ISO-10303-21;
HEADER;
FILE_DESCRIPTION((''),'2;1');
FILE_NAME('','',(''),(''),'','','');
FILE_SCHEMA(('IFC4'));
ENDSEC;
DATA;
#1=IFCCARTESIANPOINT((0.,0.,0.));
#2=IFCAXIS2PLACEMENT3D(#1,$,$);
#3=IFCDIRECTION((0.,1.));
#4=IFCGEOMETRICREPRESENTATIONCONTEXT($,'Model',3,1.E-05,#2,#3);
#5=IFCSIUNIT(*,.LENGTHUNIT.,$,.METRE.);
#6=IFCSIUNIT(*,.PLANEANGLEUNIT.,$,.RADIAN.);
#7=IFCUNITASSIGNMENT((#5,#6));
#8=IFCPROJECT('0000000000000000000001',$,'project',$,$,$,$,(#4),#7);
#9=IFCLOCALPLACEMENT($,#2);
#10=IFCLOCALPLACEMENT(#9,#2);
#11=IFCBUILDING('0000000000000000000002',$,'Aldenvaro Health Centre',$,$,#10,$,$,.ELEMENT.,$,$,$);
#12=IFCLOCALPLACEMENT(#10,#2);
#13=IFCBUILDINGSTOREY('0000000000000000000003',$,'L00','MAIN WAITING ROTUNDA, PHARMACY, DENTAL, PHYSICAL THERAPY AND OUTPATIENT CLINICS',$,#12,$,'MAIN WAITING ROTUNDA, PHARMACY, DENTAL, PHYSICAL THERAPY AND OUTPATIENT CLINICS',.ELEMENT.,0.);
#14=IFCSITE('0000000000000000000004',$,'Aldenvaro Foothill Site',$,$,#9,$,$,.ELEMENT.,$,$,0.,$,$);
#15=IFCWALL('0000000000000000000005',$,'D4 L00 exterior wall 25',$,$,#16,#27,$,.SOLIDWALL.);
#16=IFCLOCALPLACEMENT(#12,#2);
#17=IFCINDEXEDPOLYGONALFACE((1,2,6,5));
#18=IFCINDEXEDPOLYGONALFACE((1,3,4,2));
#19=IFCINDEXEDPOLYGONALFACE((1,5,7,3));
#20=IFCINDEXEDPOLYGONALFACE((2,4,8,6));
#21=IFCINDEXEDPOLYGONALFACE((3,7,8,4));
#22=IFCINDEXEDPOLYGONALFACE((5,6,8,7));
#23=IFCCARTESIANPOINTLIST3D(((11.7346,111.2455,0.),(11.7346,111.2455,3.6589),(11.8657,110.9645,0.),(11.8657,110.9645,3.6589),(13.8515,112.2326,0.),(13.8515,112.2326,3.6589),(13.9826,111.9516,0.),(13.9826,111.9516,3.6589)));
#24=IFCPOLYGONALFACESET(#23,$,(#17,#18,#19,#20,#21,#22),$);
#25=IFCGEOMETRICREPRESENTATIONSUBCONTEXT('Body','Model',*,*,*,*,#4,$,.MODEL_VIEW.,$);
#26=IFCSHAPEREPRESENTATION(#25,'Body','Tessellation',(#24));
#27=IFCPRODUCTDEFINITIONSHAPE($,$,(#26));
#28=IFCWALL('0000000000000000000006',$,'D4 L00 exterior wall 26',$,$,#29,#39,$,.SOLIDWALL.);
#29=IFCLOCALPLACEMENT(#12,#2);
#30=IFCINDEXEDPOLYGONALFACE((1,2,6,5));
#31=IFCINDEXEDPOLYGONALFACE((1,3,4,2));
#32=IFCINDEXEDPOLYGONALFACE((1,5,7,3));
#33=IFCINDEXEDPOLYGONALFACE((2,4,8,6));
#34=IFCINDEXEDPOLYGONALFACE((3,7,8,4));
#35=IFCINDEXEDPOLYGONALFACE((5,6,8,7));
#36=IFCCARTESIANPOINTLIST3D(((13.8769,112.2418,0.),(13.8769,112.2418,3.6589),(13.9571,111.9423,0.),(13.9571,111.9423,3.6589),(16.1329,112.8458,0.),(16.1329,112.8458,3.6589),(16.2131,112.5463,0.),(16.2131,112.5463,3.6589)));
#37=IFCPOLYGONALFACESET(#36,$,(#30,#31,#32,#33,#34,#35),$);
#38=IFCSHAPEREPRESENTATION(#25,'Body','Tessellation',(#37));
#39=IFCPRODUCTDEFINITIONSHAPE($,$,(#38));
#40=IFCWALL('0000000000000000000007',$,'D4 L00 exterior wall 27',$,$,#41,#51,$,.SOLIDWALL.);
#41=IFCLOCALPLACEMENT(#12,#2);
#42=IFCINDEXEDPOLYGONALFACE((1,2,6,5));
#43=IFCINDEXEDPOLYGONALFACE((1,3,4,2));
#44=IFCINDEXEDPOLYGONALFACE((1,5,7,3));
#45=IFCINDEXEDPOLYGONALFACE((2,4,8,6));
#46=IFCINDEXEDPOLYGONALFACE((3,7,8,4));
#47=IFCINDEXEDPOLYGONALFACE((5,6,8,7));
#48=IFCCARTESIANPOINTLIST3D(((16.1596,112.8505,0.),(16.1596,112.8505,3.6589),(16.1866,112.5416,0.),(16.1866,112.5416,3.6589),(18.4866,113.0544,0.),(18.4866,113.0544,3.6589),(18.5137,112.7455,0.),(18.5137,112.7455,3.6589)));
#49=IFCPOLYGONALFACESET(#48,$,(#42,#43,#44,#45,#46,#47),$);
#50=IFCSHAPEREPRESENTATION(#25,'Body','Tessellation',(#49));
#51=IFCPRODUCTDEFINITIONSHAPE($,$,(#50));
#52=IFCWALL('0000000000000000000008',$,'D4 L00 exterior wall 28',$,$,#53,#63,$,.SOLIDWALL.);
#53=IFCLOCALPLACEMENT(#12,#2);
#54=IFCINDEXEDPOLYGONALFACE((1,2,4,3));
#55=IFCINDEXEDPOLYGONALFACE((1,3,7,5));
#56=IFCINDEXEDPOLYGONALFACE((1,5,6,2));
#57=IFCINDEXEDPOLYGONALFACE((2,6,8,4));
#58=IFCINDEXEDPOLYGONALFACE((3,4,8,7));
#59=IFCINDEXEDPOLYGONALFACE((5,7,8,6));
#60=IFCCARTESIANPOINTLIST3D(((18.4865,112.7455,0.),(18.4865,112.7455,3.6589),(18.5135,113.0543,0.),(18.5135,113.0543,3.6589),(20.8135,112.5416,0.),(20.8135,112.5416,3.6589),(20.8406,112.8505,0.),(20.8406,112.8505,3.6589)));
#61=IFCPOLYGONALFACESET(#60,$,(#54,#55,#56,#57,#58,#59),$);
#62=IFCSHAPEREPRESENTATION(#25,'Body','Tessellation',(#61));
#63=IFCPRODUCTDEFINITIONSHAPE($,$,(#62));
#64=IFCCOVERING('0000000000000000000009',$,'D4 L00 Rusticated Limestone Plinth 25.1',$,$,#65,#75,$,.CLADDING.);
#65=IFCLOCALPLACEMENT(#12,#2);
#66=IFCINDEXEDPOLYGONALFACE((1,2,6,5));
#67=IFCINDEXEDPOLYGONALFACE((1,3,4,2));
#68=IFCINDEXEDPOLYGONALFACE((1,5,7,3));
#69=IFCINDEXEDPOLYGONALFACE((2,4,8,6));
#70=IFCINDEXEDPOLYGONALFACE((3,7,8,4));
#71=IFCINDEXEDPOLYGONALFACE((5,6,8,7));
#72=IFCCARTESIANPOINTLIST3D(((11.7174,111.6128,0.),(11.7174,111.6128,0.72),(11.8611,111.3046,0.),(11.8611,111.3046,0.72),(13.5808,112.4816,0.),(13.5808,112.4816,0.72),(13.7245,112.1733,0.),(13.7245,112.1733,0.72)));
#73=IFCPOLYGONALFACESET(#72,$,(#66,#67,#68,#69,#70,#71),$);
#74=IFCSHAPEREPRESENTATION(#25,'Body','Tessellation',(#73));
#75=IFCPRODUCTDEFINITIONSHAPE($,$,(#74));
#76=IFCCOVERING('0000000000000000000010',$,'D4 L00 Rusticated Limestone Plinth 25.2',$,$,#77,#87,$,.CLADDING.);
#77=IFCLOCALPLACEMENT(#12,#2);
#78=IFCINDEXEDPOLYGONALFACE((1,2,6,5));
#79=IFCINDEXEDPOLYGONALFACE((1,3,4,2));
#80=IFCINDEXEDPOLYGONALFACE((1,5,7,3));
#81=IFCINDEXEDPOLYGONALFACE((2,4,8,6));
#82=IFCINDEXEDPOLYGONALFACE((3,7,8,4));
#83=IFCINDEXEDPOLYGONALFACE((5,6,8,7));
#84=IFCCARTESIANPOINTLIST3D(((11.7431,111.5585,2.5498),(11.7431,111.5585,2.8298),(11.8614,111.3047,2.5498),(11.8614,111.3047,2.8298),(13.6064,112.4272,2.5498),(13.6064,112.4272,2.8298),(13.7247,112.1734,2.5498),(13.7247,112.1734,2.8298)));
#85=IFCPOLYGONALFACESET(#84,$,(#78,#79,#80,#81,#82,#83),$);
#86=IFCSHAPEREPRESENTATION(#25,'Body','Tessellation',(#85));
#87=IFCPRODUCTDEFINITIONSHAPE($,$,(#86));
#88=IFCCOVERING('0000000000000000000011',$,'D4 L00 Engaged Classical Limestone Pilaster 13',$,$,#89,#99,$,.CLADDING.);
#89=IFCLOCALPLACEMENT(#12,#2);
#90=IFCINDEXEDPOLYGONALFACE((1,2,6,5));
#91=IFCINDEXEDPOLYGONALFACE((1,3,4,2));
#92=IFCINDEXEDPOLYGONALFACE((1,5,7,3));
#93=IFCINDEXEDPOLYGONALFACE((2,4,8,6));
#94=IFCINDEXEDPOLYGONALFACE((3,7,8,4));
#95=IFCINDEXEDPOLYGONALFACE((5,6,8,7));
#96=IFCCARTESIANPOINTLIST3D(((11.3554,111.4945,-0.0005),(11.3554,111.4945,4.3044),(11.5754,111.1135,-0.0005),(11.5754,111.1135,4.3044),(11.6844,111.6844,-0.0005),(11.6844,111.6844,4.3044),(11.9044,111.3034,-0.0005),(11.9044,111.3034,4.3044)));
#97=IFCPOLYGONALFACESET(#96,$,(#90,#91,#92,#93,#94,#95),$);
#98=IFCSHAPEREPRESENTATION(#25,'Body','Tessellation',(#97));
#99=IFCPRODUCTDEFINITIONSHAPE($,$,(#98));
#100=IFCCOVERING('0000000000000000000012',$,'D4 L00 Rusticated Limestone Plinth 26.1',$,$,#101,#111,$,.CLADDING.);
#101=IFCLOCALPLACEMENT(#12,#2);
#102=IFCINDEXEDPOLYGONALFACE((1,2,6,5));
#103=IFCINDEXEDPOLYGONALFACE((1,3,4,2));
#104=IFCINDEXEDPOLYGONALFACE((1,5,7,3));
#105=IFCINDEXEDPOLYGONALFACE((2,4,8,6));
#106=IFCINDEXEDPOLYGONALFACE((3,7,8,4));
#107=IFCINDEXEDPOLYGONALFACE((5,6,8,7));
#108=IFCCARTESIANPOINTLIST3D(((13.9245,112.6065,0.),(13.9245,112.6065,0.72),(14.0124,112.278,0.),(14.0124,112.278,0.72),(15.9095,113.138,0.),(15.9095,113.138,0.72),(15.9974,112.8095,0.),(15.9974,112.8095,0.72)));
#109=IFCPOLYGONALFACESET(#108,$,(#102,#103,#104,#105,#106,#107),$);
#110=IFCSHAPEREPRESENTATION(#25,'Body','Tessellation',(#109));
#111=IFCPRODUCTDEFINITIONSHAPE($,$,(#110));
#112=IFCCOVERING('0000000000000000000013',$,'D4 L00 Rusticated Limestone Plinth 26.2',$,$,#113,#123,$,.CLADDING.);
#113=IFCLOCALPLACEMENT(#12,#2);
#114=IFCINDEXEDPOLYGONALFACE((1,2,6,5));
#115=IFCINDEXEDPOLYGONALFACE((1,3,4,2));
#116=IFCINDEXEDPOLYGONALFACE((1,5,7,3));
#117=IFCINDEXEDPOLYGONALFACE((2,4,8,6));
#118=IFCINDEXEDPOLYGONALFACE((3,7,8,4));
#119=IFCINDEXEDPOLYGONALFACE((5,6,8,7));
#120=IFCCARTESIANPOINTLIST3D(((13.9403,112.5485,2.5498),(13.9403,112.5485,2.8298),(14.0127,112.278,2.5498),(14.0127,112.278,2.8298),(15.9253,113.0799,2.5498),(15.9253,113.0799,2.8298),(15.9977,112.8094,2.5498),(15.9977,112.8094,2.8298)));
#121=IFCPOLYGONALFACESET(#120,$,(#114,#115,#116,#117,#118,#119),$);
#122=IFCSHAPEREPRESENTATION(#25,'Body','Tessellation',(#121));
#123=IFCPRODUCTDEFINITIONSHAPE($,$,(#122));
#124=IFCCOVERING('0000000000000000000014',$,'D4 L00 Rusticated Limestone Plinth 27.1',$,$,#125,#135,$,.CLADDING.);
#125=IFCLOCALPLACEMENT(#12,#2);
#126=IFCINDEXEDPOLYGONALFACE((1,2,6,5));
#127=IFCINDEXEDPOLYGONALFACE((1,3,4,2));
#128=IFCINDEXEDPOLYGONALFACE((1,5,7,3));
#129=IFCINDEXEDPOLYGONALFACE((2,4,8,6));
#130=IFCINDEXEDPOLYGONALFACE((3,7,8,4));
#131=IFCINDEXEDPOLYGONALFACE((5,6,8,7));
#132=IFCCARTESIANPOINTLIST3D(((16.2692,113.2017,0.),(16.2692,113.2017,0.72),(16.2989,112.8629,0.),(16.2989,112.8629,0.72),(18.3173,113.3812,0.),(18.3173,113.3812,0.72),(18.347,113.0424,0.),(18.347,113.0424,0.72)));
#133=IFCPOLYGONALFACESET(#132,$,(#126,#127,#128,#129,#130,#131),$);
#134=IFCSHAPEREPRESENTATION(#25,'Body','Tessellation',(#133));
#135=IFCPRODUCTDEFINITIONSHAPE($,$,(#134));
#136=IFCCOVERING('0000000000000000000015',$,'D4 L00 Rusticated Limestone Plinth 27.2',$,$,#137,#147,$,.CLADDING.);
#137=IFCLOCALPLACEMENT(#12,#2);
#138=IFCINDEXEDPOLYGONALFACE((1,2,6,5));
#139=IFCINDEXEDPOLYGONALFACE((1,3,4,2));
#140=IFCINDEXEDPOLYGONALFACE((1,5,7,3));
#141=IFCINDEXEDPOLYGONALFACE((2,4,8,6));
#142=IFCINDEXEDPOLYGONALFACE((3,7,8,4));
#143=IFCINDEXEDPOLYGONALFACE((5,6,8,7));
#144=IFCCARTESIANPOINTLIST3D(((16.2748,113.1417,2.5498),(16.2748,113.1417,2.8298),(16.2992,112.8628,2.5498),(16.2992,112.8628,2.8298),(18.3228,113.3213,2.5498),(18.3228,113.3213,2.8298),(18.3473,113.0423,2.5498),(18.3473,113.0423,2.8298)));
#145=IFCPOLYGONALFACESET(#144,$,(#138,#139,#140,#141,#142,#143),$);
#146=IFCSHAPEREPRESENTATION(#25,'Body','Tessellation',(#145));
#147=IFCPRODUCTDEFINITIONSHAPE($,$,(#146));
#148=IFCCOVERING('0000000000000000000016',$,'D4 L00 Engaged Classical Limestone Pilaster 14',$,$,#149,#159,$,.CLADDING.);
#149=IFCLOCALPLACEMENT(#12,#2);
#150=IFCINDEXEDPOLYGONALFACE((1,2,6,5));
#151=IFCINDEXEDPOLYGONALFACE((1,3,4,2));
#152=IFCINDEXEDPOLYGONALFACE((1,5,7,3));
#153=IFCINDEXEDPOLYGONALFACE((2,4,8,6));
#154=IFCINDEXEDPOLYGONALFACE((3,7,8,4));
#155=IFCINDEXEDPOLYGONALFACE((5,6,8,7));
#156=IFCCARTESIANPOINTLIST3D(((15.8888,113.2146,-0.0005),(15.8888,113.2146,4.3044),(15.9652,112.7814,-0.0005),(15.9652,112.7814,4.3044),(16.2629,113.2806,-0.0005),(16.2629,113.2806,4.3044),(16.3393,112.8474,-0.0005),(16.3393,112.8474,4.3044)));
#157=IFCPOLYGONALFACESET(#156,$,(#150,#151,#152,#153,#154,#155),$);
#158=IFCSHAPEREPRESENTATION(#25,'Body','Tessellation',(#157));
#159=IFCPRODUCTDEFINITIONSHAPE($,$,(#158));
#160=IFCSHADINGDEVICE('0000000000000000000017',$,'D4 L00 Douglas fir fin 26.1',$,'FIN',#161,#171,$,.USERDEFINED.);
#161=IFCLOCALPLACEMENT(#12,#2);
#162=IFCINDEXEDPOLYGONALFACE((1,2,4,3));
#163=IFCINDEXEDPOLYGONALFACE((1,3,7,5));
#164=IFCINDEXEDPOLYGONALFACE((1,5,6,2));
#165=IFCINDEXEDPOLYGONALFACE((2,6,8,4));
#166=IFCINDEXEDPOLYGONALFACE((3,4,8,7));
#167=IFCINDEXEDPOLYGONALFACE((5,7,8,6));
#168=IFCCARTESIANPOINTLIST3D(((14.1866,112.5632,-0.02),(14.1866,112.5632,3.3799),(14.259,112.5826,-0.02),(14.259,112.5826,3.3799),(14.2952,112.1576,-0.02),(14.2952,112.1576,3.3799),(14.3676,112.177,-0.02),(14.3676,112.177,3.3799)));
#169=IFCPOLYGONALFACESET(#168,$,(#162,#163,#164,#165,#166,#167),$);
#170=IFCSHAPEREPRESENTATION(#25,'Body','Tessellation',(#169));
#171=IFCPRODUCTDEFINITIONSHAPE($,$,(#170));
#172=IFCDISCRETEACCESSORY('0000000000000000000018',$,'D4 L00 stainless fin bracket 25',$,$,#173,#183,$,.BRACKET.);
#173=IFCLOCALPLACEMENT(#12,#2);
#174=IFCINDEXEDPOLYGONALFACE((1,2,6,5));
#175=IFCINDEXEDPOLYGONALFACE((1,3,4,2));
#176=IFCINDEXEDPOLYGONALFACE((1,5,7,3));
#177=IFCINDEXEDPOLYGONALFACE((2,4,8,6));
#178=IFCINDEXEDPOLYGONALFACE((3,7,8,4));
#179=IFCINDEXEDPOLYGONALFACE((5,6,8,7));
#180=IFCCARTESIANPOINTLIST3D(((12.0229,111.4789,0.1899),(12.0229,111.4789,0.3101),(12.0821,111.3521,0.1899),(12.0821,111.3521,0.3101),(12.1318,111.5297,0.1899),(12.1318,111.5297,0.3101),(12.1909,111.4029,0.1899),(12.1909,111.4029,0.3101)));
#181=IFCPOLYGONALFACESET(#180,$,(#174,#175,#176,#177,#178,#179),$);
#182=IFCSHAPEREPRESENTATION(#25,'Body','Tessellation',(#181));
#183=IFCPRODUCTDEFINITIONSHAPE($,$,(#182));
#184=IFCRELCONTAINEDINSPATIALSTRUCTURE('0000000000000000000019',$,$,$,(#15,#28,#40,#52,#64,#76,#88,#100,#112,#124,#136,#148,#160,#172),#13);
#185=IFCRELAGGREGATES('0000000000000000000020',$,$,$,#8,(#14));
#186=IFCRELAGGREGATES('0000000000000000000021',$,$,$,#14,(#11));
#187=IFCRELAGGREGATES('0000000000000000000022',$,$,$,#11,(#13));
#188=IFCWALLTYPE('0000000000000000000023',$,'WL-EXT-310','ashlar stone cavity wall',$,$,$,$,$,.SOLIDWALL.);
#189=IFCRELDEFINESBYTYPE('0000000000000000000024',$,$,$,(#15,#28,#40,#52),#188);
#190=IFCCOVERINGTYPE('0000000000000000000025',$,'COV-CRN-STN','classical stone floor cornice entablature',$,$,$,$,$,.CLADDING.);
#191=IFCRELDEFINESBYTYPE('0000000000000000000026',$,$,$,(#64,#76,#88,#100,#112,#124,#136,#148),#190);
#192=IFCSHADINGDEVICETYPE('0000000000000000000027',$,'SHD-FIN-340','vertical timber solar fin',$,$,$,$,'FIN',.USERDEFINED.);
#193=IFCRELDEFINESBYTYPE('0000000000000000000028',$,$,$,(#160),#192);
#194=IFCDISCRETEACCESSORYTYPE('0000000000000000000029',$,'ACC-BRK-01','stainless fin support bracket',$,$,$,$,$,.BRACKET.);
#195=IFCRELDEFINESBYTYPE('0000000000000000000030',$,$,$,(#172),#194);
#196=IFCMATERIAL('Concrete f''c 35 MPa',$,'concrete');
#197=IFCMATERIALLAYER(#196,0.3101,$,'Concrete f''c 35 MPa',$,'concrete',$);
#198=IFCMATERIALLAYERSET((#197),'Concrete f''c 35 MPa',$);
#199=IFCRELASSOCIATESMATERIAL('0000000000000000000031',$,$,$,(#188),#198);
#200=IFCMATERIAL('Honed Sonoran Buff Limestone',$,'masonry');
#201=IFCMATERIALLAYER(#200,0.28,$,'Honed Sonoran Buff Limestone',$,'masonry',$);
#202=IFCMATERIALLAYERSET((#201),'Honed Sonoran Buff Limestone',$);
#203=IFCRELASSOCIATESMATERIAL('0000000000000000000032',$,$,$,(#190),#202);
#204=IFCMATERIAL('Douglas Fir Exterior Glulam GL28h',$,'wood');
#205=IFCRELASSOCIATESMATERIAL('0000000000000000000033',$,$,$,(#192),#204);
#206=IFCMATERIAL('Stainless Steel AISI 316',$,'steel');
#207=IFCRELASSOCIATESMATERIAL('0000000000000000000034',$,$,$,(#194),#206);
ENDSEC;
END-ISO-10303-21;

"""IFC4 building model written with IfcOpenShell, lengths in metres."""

from ifc_helpers import new_model, si_unit, direction, frame, frame_2d, origin, origin_2d, place, context, subcontext, project, spatial, rectangle, extrude, material, layer, layer_set, type_object, element, save


model = new_model("IFC4")

# Units and contexts
model_context = context("Model", 3, precision=1e-05, world=origin(), true_north=direction((0.0, 1.0)))
body_context = subcontext(model_context, "Body", "Model", "MODEL_VIEW")
ifc_project = project(units=[si_unit("LENGTHUNIT", "METRE"), si_unit("PLANEANGLEUNIT", "RADIAN")], contexts=[model_context])

# Site, building, storey
site_placement = place(None, origin())
site = spatial("IfcSite", under=ifc_project, at=site_placement, Name="Aldenvaro Foothill Site", CompositionType="ELEMENT", RefElevation=0.0)
building_placement = place(site_placement, origin())
building = spatial("IfcBuilding", under=site, at=building_placement, Name="Aldenvaro Health Centre", CompositionType="ELEMENT")
storey_placement = place(building_placement, origin())
storey = spatial("IfcBuildingStorey", under=building, at=storey_placement, Name="L00", Description="MAIN WAITING ROTUNDA, PHARMACY, DENTAL, PHYSICAL THERAPY AND OUTPATIENT CLINICS", LongName="MAIN WAITING ROTUNDA, PHARMACY, DENTAL, PHYSICAL THERAPY AND OUTPATIENT CLINICS", CompositionType="ELEMENT", Elevation=0.0)

# Walls
ifc_material_1 = material(Name="Concrete f'c 35 MPa", Category="concrete")
ifc_layer_1 = layer(ifc_material_1, 0.3101, Name="Concrete f'c 35 MPa", Category="concrete")
ifc_layer_set_1 = layer_set([ifc_layer_1], Name="Concrete f'c 35 MPa")
wall_type = type_object("IfcWallType", Name="WL-EXT-310", Description="ashlar stone cavity wall", PredefinedType="SOLIDWALL", material=ifc_layer_set_1)
wall_1_placement = place(storey_placement, frame((11.8, 111.105, 0.0), z_axis=(0.0, 0.0, 1.0), x_axis=(0.906322, 0.422588, 0.0)))
element("IfcWall", 1, at=wall_1_placement, inside=storey, type_object=wall_type, Name="D4 L00 exterior wall 25", PredefinedType="SOLIDWALL", context=body_context, shape_type="SweptSolid", body=[
    extrude(rectangle(XDim=2.3357, YDim=0.3101, at=frame_2d((1.168, 0.0))), origin(), (0.0, 0.0, 1.0), 3.6589),
])
wall_2_placement = place(storey_placement, frame((13.917, 112.092, 0.0), z_axis=(0.0, 0.0, 1.0), x_axis=(0.965981, 0.258612, 0.0)))
element("IfcWall", 2, at=wall_2_placement, inside=storey, type_object=wall_type, Name="D4 L00 exterior wall 26", PredefinedType="SOLIDWALL", context=body_context, shape_type="SweptSolid", body=[
    extrude(rectangle(XDim=2.3354, YDim=0.3101, at=frame_2d((1.1677, 0.0))), origin(), (0.0, 0.0, 1.0), 3.6589),
])
for number, where, z_axis, x_axis, name in (
    (3, (16.1731, 112.696, 0.0), (0.0, 0.0, 1.0), (0.996184, 0.087275, 0.0), "D4 L00 exterior wall 27"),
    (4, (18.5, 112.8999, 0.0), (0.0, 0.0, 1.0), (0.996184, -0.087275, 0.0), "D4 L00 exterior wall 28"),
):
    element("IfcWall", number, at=place(storey_placement, frame(where, z_axis=z_axis, x_axis=x_axis)), inside=storey, type_object=wall_type, Name=name, PredefinedType="SOLIDWALL", context=body_context, shape_type="SweptSolid", body=[
        extrude(rectangle(XDim=2.3359, YDim=0.3101, at=frame_2d((1.168, 0.0))), origin(), (0.0, 0.0, 1.0), 3.6589),
    ])

# Coverings
ifc_material_2 = material(Name="Honed Sonoran Buff Limestone", Category="masonry")
ifc_layer_2 = layer(ifc_material_2, 0.28, Name="Honed Sonoran Buff Limestone", Category="masonry")
ifc_layer_set_2 = layer_set([ifc_layer_2], Name="Honed Sonoran Buff Limestone")
covering_type = type_object("IfcCoveringType", Name="COV-CRN-STN", Description="classical stone floor cornice entablature", PredefinedType="CLADDING", material=ifc_layer_set_2)
covering_1_placement = place(storey_placement, frame((12.7209, 111.8931, 0.0), z_axis=(0.0, 0.0, 1.0), x_axis=(0.906336, 0.422557, 0.0)))
element("IfcCovering", 5, at=covering_1_placement, inside=storey, type_object=covering_type, Name="D4 L00 Rusticated Limestone Plinth 25.1", PredefinedType="CLADDING", context=body_context, shape_type="SweptSolid", body=[
    extrude(rectangle(XDim=2.0559, YDim=0.3401, at=origin_2d()), origin(), (0.0, 0.0, 1.0), 0.72),
])
covering_2_placement = place(storey_placement, frame((12.7339, 111.866, 2.5498), z_axis=(0.0, 0.0, 1.0), x_axis=(0.906336, 0.422557, 0.0)))
element("IfcCovering", 6, at=covering_2_placement, inside=storey, type_object=covering_type, Name="D4 L00 Rusticated Limestone Plinth 25.2", PredefinedType="CLADDING", context=body_context, shape_type="SweptSolid", body=[
    extrude(rectangle(XDim=2.0559, YDim=0.28, at=origin_2d()), origin(), (0.0, 0.0, 1.0), 0.28),
])
covering_3_placement = place(storey_placement, frame((11.6299, 111.3989, -0.0005), z_axis=(0.0, 0.0, 1.0), x_axis=(-0.499992, 0.86603, 0.0)))
element("IfcCovering", 7, at=covering_3_placement, inside=storey, type_object=covering_type, Name="D4 L00 Engaged Classical Limestone Pilaster 13", PredefinedType="CLADDING", context=body_context, shape_type="SweptSolid", body=[
    extrude(rectangle(XDim=0.4399, YDim=0.3799, at=origin_2d()), origin(), (0.0, 0.0, 1.0), 4.3049),
])
covering_4_placement = place(storey_placement, frame((14.9609, 112.708, 0.0), z_axis=(0.0, 0.0, 1.0), x_axis=(0.965979, 0.258622, 0.0)))
element("IfcCovering", 8, at=covering_4_placement, inside=storey, type_object=covering_type, Name="D4 L00 Rusticated Limestone Plinth 26.1", PredefinedType="CLADDING", context=body_context, shape_type="SweptSolid", body=[
    extrude(rectangle(XDim=2.0549, YDim=0.3401, at=origin_2d()), origin(), (0.0, 0.0, 1.0), 0.72),
])
covering_5_placement = place(storey_placement, frame((14.969, 112.679, 2.5498), z_axis=(0.0, 0.0, 1.0), x_axis=(0.965979, 0.258622, 0.0)))
element("IfcCovering", 9, at=covering_5_placement, inside=storey, type_object=covering_type, Name="D4 L00 Rusticated Limestone Plinth 26.2", PredefinedType="CLADDING", context=body_context, shape_type="SweptSolid", body=[
    extrude(rectangle(XDim=2.0549, YDim=0.28, at=origin_2d()), origin(), (0.0, 0.0, 1.0), 0.28),
])
covering_6_placement = place(storey_placement, frame((17.3081, 113.1221, 0.0), z_axis=(0.0, 0.0, 1.0), x_axis=(0.996179, 0.087332, 0.0)))
element("IfcCovering", 10, at=covering_6_placement, inside=storey, type_object=covering_type, Name="D4 L00 Rusticated Limestone Plinth 27.1", PredefinedType="CLADDING", context=body_context, shape_type="SweptSolid", body=[
    extrude(rectangle(XDim=2.0559, YDim=0.3401, at=origin_2d()), origin(), (0.0, 0.0, 1.0), 0.72),
])
covering_7_placement = place(storey_placement, frame((17.311, 113.092, 2.5498), z_axis=(0.0, 0.0, 1.0), x_axis=(0.996179, 0.087332, 0.0)))
element("IfcCovering", 11, at=covering_7_placement, inside=storey, type_object=covering_type, Name="D4 L00 Rusticated Limestone Plinth 27.2", PredefinedType="CLADDING", context=body_context, shape_type="SweptSolid", body=[
    extrude(rectangle(XDim=2.0559, YDim=0.28, at=origin_2d()), origin(), (0.0, 0.0, 1.0), 0.28),
])
covering_8_placement = place(storey_placement, frame((16.114, 113.031, -0.0005), z_axis=(0.0, 0.0, 1.0), x_axis=(-0.173662, 0.984805, 0.0)))
element("IfcCovering", 12, at=covering_8_placement, inside=storey, type_object=covering_type, Name="D4 L00 Engaged Classical Limestone Pilaster 14", PredefinedType="CLADDING", context=body_context, shape_type="SweptSolid", body=[
    extrude(rectangle(XDim=0.4399, YDim=0.3799, at=origin_2d()), origin(), (0.0, 0.0, 1.0), 4.3049),
])

# Shading device
ifc_material_3 = material(Name="Douglas Fir Exterior Glulam GL28h", Category="wood")
shading_device_type = type_object("IfcShadingDeviceType", Name="SHD-FIN-340", Description="vertical timber solar fin", ElementType="FIN", PredefinedType="USERDEFINED", material=ifc_material_3)
shading_device_placement = place(storey_placement, frame((14.2771, 112.3701, -0.02), z_axis=(0.0, 0.0, 1.0), x_axis=(0.965979, 0.258622, 0.0)))
element("IfcShadingDevice", 13, at=shading_device_placement, inside=storey, type_object=shading_device_type, Name="D4 L00 Douglas fir fin 26.1", ObjectType="FIN", PredefinedType="USERDEFINED", context=body_context, shape_type="SweptSolid", body=[
    extrude(rectangle(XDim=0.075, YDim=0.4199, at=origin_2d()), origin(), (0.0, 0.0, 1.0), 3.3999),
])

# Discrete accessory
ifc_material_4 = material(Name="Stainless Steel AISI 316", Category="steel")
discrete_accessory_type = type_object("IfcDiscreteAccessoryType", Name="ACC-BRK-01", Description="stainless fin support bracket", PredefinedType="BRACKET", material=ifc_material_4)
discrete_accessory_placement = place(storey_placement, frame((12.1069, 111.4409, 0.1899), z_axis=(0.0, 0.0, 1.0), x_axis=(0.906336, 0.422557, 0.0)))
element("IfcDiscreteAccessory", 14, at=discrete_accessory_placement, inside=storey, type_object=discrete_accessory_type, Name="D4 L00 stainless fin bracket 25", PredefinedType="BRACKET", context=body_context, shape_type="SweptSolid", body=[
    extrude(rectangle(XDim=0.1201, YDim=0.1399, at=origin_2d()), origin(), (0.0, 0.0, 1.0), 0.1201),
])

save(model, "model.ifc")
